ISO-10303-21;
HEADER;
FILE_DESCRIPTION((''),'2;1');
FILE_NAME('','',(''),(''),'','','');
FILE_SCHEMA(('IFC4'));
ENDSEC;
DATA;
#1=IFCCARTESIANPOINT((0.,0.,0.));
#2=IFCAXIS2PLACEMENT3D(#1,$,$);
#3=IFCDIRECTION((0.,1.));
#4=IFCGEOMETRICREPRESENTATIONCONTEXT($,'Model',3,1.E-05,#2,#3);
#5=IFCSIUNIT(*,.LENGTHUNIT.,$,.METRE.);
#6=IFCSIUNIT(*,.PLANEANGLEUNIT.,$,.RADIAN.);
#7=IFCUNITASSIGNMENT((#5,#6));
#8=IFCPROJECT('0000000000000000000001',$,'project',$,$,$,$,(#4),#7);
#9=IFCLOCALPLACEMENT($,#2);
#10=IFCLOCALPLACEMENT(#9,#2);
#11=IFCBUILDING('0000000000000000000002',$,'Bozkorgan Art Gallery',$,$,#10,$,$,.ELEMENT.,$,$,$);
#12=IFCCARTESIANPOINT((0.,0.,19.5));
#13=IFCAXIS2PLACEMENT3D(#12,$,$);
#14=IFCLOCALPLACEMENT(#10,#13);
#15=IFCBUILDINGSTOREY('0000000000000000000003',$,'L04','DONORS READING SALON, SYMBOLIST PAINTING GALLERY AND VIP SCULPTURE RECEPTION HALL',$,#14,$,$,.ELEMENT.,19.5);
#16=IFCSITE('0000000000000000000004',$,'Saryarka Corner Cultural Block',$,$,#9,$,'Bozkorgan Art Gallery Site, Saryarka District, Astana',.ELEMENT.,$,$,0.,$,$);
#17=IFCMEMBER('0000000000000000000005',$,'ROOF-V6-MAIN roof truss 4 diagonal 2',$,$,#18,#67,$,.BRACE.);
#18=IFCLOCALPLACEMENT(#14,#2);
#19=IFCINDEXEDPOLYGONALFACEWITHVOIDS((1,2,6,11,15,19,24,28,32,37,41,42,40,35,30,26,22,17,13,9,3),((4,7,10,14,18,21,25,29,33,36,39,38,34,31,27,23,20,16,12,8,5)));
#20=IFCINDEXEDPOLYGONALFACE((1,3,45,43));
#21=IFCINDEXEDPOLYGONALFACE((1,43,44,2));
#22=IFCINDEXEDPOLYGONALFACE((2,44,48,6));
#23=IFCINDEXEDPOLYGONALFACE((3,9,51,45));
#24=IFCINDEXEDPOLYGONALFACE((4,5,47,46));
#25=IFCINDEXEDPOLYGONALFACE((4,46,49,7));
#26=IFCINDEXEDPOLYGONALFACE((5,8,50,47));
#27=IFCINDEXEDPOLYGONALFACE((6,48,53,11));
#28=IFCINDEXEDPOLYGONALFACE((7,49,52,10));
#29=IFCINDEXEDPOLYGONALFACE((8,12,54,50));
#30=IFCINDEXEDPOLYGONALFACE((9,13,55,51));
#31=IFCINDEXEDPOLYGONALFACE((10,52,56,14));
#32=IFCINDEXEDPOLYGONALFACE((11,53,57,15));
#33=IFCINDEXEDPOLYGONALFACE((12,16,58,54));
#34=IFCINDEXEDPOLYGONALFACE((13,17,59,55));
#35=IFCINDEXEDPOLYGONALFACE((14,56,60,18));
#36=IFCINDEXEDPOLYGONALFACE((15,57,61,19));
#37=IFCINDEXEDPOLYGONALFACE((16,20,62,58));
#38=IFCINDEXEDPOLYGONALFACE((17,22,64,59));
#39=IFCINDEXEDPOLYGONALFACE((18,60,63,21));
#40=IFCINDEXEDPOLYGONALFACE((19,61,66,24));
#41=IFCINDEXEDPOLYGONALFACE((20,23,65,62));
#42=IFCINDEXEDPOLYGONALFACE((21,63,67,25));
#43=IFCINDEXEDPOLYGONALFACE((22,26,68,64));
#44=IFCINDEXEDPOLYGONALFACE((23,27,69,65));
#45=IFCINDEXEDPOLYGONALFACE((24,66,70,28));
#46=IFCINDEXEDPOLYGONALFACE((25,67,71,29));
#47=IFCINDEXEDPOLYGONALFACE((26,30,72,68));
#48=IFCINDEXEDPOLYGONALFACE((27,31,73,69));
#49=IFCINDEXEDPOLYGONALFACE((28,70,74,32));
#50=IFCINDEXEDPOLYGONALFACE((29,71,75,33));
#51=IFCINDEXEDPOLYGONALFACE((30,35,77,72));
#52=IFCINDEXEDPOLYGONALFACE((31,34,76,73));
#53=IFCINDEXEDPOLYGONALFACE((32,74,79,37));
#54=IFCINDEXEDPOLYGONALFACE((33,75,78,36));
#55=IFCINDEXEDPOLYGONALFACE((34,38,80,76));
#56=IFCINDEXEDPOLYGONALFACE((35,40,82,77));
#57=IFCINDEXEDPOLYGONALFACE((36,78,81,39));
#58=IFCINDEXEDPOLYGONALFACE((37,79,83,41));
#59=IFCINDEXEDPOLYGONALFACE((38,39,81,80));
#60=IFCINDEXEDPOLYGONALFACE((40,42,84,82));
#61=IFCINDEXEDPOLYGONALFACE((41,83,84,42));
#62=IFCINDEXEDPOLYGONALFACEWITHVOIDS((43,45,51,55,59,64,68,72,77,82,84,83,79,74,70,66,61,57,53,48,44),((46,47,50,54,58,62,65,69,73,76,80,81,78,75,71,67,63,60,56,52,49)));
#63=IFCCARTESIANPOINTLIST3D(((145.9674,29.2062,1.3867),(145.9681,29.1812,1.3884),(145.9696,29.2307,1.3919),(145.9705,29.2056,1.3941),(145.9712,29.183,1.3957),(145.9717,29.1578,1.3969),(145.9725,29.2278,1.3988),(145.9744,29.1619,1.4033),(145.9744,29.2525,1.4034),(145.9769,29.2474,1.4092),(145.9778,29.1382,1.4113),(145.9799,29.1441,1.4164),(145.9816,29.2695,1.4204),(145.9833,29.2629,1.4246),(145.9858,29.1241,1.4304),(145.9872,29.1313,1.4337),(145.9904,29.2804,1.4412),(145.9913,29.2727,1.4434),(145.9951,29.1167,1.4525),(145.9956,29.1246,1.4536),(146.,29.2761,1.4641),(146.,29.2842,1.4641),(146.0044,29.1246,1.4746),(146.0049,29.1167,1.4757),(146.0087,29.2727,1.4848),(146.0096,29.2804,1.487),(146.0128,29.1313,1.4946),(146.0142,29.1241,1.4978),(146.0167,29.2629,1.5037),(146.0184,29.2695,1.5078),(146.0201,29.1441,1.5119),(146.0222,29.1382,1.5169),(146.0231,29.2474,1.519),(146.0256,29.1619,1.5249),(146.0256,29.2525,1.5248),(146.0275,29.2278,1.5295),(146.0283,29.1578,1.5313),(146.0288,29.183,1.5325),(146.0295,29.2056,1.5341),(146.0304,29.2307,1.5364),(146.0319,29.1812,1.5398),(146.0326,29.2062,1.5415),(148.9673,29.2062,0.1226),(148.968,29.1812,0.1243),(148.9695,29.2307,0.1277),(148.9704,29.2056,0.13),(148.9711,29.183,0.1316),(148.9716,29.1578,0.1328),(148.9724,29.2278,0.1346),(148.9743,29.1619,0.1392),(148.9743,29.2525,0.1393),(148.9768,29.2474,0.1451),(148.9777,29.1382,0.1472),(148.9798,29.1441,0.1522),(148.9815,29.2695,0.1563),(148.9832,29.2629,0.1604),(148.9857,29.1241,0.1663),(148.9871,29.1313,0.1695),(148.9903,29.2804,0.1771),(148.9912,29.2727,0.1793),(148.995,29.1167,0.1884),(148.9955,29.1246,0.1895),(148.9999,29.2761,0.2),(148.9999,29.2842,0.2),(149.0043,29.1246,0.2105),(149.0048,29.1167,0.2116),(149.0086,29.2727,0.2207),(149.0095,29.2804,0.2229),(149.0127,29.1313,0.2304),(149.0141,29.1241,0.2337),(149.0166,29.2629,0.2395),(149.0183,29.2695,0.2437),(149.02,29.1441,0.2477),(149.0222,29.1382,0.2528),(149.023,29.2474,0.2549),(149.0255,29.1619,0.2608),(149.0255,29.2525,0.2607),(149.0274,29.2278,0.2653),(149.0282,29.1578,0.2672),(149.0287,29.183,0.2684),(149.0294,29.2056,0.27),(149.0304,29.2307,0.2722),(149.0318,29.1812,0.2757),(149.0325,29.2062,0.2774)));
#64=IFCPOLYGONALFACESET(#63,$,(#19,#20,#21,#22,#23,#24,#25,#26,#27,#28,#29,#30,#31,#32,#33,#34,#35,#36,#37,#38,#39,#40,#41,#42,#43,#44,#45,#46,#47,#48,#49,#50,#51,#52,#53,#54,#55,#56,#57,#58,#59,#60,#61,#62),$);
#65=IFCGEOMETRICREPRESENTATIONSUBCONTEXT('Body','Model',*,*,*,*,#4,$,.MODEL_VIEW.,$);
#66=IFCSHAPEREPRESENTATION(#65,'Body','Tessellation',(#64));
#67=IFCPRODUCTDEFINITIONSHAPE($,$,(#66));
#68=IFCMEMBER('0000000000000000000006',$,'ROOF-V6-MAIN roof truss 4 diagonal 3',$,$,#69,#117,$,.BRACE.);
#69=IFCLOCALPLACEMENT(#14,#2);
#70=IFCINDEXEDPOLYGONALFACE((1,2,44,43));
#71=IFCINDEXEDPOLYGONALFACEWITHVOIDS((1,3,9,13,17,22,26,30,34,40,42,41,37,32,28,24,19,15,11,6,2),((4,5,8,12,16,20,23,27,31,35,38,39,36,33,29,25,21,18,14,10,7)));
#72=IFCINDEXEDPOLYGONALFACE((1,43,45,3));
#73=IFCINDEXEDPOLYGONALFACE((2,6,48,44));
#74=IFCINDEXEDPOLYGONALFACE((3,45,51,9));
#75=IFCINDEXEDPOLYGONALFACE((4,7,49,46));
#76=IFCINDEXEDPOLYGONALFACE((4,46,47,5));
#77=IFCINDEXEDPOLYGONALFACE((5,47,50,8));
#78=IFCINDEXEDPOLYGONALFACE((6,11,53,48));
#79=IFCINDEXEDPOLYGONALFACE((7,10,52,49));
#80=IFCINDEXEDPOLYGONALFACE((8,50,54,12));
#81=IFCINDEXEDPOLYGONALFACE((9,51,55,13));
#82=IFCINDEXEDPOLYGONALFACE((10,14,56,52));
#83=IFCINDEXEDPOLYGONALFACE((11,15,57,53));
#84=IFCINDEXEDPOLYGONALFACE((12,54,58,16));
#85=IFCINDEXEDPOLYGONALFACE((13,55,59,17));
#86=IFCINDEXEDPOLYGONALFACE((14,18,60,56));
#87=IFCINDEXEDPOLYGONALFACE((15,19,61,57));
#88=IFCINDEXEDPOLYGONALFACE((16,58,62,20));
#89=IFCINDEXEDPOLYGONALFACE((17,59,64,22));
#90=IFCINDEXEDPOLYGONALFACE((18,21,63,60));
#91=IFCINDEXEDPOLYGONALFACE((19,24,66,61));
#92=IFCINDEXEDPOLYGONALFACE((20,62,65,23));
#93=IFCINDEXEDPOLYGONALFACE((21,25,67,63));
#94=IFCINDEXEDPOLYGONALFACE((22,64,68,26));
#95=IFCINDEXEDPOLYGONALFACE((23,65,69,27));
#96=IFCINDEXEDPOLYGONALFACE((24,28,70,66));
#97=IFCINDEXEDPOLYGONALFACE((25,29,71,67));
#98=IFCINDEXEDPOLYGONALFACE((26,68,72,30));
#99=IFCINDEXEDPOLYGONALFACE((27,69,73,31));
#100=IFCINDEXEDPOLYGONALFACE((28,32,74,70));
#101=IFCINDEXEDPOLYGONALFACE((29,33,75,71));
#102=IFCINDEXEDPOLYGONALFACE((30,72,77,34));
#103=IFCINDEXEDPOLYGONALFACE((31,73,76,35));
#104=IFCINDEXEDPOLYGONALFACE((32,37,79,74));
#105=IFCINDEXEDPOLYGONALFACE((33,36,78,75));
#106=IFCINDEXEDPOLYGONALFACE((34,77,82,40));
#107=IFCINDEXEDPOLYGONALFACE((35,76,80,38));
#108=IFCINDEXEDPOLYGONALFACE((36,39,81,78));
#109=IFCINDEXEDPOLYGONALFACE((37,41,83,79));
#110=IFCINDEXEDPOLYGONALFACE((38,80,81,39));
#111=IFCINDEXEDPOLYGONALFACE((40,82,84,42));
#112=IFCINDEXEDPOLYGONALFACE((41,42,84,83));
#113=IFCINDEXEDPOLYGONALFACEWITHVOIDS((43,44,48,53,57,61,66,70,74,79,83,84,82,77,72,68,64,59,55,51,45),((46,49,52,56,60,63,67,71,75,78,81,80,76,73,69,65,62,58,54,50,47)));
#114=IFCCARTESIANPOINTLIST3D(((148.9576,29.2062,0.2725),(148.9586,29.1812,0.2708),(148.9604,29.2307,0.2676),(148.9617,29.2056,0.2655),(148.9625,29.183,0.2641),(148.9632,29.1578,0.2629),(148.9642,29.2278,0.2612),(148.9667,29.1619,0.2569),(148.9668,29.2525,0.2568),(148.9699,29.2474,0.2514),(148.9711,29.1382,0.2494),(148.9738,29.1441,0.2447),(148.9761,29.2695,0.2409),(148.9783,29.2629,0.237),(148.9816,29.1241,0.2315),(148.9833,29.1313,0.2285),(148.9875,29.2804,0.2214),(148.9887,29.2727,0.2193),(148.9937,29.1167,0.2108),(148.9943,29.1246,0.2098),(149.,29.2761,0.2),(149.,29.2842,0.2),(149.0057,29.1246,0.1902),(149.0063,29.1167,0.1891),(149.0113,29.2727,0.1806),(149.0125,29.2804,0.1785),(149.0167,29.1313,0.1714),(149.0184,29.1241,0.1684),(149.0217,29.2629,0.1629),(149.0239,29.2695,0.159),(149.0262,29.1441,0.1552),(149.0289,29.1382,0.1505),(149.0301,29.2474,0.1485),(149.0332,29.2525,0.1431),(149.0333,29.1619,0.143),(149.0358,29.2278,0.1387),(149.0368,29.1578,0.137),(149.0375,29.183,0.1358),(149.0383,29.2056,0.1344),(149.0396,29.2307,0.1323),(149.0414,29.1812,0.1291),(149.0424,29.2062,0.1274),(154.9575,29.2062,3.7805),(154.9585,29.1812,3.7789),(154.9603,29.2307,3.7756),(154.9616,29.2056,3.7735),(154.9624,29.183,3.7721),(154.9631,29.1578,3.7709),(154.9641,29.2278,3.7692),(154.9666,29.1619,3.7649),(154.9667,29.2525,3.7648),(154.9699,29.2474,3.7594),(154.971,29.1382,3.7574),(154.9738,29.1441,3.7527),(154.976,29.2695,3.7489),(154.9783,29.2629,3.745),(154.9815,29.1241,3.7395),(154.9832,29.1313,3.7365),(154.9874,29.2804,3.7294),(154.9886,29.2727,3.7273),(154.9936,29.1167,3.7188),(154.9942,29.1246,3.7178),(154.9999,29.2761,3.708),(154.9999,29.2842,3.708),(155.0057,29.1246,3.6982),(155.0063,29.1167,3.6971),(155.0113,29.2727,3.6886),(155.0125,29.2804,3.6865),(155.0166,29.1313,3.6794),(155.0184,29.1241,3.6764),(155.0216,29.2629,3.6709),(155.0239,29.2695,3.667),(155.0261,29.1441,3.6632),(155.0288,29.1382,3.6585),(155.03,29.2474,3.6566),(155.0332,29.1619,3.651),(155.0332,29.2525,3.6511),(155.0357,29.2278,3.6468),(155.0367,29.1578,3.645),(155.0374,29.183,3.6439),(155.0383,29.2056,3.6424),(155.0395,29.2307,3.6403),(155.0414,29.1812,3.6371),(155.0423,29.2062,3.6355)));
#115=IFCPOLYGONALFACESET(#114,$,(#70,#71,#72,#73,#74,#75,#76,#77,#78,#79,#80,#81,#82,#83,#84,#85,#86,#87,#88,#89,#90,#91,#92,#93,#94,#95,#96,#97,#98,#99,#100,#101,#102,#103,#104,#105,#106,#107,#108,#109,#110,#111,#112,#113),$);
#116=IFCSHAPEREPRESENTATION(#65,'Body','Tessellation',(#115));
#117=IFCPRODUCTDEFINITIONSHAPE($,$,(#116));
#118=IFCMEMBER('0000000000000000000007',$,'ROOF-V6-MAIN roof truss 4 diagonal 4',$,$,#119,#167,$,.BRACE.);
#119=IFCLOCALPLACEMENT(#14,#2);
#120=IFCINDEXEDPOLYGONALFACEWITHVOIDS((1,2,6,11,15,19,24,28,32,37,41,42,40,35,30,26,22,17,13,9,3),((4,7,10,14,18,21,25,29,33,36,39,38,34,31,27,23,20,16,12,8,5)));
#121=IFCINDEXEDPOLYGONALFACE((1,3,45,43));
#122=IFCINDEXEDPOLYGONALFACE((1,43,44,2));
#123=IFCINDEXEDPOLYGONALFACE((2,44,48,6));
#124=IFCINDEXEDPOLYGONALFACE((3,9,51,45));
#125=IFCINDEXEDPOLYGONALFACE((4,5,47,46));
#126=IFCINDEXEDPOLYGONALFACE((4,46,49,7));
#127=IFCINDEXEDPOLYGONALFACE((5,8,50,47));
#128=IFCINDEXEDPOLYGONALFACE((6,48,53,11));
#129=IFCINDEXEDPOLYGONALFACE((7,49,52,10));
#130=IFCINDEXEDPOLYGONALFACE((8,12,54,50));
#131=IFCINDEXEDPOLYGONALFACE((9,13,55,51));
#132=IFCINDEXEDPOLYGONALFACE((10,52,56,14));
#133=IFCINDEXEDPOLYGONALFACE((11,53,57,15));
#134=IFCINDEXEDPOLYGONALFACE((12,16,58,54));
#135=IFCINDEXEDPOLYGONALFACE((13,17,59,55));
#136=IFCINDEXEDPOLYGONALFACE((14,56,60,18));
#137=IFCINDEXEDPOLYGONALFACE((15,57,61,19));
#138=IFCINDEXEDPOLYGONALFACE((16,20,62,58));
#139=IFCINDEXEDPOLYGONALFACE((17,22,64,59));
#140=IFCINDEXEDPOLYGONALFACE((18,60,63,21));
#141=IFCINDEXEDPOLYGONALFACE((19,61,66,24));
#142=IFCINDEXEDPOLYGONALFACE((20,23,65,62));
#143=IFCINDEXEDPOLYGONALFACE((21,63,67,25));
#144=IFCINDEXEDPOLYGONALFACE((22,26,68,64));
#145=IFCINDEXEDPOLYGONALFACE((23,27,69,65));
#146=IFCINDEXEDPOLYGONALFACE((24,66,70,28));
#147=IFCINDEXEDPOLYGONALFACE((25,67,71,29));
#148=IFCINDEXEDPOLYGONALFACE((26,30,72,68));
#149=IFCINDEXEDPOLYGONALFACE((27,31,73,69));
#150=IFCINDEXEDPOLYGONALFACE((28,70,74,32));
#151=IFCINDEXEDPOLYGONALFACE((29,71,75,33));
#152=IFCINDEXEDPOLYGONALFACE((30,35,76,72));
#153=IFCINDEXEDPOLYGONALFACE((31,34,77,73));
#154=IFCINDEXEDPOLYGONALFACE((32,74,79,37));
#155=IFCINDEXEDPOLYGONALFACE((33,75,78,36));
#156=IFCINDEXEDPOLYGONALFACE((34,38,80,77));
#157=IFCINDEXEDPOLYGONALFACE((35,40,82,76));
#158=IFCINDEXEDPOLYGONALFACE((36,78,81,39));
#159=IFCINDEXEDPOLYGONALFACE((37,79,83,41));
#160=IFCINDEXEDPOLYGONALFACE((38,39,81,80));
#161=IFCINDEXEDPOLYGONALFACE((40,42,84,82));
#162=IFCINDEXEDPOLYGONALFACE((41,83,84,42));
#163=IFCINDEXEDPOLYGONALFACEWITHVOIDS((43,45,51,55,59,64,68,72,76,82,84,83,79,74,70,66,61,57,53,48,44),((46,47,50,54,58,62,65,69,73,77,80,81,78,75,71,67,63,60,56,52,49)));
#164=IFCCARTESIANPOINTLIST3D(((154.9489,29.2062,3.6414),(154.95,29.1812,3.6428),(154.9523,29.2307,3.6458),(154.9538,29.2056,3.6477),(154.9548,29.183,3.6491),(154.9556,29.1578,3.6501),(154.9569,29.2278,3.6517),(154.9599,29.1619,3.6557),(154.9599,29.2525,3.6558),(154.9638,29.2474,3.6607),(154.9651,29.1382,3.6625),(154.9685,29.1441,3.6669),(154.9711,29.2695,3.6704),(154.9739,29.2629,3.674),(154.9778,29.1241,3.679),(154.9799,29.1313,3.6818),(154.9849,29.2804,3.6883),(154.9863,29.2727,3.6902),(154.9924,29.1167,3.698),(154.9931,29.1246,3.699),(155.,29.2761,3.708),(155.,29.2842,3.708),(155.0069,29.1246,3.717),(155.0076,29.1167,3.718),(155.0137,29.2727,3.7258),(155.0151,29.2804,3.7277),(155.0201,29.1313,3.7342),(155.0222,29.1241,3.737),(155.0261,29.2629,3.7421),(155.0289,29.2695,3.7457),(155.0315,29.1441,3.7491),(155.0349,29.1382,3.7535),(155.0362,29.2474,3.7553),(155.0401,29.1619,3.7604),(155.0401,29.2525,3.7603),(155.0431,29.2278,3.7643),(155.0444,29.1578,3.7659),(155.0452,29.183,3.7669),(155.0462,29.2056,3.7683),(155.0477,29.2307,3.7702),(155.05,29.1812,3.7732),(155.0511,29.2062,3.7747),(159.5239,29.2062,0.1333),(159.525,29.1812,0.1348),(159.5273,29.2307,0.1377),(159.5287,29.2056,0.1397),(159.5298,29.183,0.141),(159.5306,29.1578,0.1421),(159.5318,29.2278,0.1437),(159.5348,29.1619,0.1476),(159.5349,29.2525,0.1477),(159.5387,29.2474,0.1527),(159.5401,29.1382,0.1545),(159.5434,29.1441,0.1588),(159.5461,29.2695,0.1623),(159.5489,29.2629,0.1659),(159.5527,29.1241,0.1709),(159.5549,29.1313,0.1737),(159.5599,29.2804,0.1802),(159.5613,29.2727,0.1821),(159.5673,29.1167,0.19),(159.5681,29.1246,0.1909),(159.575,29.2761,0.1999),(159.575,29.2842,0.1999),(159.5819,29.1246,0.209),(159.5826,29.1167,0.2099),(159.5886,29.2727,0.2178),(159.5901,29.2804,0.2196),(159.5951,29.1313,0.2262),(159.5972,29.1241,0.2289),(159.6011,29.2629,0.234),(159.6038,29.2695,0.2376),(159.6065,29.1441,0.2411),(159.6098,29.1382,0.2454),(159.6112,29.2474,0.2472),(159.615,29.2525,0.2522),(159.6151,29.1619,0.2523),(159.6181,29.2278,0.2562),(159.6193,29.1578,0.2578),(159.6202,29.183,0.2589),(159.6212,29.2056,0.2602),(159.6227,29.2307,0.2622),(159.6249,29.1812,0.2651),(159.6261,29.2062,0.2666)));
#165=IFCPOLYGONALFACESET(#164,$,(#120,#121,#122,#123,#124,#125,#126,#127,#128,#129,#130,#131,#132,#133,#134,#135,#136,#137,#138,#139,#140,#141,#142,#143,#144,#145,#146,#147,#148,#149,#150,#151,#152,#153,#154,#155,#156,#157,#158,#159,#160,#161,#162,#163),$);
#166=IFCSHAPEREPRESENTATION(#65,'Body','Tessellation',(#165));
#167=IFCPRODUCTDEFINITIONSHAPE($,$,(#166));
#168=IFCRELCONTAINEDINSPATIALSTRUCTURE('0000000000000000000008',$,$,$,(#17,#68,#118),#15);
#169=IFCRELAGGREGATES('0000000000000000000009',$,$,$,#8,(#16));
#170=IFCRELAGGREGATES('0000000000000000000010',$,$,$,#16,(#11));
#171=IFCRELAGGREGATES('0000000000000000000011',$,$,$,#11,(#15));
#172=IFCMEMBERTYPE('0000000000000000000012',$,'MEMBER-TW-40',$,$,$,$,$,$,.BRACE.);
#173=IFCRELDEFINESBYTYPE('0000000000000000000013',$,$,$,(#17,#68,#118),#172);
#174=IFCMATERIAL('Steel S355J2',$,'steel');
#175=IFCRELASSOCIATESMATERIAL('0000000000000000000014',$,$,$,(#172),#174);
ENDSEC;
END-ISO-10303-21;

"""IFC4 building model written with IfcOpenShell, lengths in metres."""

from ifc_helpers import new_model, si_unit, direction, frame, origin, origin_2d, place, context, subcontext, project, spatial, hollow_circle, extrude, material, material_profile, profile_set, type_object, element, save


model = new_model("IFC4")

# Units and contexts
model_context = context("Model", 3, precision=1e-05, world=origin(), true_north=direction((0.0, 1.0)))
body_context = subcontext(model_context, "Body", "Model", "MODEL_VIEW")
ifc_project = project(units=[si_unit("LENGTHUNIT", "METRE"), si_unit("PLANEANGLEUNIT", "RADIAN")], contexts=[model_context])

# Site, building, storey
site_placement = place(None, origin())
site = spatial("IfcSite", under=ifc_project, at=site_placement, Name="Saryarka Corner Cultural Block", LongName="Bozkorgan Art Gallery Site, Saryarka District, Astana", CompositionType="ELEMENT", RefElevation=0.0)
building_placement = place(site_placement, origin())
building = spatial("IfcBuilding", under=site, at=building_placement, Name="Bozkorgan Art Gallery", CompositionType="ELEMENT")
storey_placement = place(building_placement, frame((0.0, 0.0, 19.5)))
storey = spatial("IfcBuildingStorey", under=building, at=storey_placement, Name="L04", Description="DONORS READING SALON, SYMBOLIST PAINTING GALLERY AND VIP SCULPTURE RECEPTION HALL", CompositionType="ELEMENT", Elevation=19.5)

# Members
ifc_material_1 = material(Name="Steel S355J2", Category="steel")
ifc_material_profile_1 = material_profile(ifc_material_1, hollow_circle(Radius=0.0842, WallThickness=0.0081, at=origin_2d()), Name="CHS 168.3x8")
ifc_profile_set_1 = profile_set([ifc_material_profile_1], Name="Steel S355J2")
member_type_1 = type_object("IfcMemberType", Name="MEMBER-TW-40", PredefinedType="BRACE", material=ifc_profile_set_1)
member_1_placement = place(storey_placement, frame((146.0, 29.2, 1.4641), z_axis=(0.921525, 0.0, -0.388318), x_axis=(0.0, 1.0, 0.0)))
element("IfcMember", 1, at=member_1_placement, inside=storey, type_object=member_type_1, Name="ROOF-V6-MAIN roof truss 4 diagonal 2", PredefinedType="BRACE", context=body_context, shape_type="SweptSolid", body=[
    extrude(hollow_circle(Radius=0.0842, WallThickness=0.0081, at=origin_2d()), origin(), (0.0, 0.0, 1.0), 3.2554),
])
member_2_placement = place(storey_placement, frame((149.0, 29.2, 0.2), z_axis=(0.863274, 0.0, 0.504736), x_axis=(0.0, 1.0, 0.0)))
element("IfcMember", 2, at=member_2_placement, inside=storey, type_object=member_type_1, Name="ROOF-V6-MAIN roof truss 4 diagonal 3", PredefinedType="BRACE", context=body_context, shape_type="SweptSolid", body=[
    extrude(hollow_circle(Radius=0.0842, WallThickness=0.0081, at=origin_2d()), origin(), (0.0, 0.0, 1.0), 6.9502),
])
member_3_placement = place(storey_placement, frame((155.0, 29.2, 3.708), z_axis=(0.793557, 0.0, -0.608496), x_axis=(0.0, 1.0, 0.0)))
element("IfcMember", 3, at=member_3_placement, inside=storey, type_object=member_type_1, Name="ROOF-V6-MAIN roof truss 4 diagonal 4", PredefinedType="BRACE", context=body_context, shape_type="SweptSolid", body=[
    extrude(hollow_circle(Radius=0.0842, WallThickness=0.0081, at=origin_2d()), origin(), (0.0, 0.0, 1.0), 5.7651),
])

save(model, "model.ifc")
